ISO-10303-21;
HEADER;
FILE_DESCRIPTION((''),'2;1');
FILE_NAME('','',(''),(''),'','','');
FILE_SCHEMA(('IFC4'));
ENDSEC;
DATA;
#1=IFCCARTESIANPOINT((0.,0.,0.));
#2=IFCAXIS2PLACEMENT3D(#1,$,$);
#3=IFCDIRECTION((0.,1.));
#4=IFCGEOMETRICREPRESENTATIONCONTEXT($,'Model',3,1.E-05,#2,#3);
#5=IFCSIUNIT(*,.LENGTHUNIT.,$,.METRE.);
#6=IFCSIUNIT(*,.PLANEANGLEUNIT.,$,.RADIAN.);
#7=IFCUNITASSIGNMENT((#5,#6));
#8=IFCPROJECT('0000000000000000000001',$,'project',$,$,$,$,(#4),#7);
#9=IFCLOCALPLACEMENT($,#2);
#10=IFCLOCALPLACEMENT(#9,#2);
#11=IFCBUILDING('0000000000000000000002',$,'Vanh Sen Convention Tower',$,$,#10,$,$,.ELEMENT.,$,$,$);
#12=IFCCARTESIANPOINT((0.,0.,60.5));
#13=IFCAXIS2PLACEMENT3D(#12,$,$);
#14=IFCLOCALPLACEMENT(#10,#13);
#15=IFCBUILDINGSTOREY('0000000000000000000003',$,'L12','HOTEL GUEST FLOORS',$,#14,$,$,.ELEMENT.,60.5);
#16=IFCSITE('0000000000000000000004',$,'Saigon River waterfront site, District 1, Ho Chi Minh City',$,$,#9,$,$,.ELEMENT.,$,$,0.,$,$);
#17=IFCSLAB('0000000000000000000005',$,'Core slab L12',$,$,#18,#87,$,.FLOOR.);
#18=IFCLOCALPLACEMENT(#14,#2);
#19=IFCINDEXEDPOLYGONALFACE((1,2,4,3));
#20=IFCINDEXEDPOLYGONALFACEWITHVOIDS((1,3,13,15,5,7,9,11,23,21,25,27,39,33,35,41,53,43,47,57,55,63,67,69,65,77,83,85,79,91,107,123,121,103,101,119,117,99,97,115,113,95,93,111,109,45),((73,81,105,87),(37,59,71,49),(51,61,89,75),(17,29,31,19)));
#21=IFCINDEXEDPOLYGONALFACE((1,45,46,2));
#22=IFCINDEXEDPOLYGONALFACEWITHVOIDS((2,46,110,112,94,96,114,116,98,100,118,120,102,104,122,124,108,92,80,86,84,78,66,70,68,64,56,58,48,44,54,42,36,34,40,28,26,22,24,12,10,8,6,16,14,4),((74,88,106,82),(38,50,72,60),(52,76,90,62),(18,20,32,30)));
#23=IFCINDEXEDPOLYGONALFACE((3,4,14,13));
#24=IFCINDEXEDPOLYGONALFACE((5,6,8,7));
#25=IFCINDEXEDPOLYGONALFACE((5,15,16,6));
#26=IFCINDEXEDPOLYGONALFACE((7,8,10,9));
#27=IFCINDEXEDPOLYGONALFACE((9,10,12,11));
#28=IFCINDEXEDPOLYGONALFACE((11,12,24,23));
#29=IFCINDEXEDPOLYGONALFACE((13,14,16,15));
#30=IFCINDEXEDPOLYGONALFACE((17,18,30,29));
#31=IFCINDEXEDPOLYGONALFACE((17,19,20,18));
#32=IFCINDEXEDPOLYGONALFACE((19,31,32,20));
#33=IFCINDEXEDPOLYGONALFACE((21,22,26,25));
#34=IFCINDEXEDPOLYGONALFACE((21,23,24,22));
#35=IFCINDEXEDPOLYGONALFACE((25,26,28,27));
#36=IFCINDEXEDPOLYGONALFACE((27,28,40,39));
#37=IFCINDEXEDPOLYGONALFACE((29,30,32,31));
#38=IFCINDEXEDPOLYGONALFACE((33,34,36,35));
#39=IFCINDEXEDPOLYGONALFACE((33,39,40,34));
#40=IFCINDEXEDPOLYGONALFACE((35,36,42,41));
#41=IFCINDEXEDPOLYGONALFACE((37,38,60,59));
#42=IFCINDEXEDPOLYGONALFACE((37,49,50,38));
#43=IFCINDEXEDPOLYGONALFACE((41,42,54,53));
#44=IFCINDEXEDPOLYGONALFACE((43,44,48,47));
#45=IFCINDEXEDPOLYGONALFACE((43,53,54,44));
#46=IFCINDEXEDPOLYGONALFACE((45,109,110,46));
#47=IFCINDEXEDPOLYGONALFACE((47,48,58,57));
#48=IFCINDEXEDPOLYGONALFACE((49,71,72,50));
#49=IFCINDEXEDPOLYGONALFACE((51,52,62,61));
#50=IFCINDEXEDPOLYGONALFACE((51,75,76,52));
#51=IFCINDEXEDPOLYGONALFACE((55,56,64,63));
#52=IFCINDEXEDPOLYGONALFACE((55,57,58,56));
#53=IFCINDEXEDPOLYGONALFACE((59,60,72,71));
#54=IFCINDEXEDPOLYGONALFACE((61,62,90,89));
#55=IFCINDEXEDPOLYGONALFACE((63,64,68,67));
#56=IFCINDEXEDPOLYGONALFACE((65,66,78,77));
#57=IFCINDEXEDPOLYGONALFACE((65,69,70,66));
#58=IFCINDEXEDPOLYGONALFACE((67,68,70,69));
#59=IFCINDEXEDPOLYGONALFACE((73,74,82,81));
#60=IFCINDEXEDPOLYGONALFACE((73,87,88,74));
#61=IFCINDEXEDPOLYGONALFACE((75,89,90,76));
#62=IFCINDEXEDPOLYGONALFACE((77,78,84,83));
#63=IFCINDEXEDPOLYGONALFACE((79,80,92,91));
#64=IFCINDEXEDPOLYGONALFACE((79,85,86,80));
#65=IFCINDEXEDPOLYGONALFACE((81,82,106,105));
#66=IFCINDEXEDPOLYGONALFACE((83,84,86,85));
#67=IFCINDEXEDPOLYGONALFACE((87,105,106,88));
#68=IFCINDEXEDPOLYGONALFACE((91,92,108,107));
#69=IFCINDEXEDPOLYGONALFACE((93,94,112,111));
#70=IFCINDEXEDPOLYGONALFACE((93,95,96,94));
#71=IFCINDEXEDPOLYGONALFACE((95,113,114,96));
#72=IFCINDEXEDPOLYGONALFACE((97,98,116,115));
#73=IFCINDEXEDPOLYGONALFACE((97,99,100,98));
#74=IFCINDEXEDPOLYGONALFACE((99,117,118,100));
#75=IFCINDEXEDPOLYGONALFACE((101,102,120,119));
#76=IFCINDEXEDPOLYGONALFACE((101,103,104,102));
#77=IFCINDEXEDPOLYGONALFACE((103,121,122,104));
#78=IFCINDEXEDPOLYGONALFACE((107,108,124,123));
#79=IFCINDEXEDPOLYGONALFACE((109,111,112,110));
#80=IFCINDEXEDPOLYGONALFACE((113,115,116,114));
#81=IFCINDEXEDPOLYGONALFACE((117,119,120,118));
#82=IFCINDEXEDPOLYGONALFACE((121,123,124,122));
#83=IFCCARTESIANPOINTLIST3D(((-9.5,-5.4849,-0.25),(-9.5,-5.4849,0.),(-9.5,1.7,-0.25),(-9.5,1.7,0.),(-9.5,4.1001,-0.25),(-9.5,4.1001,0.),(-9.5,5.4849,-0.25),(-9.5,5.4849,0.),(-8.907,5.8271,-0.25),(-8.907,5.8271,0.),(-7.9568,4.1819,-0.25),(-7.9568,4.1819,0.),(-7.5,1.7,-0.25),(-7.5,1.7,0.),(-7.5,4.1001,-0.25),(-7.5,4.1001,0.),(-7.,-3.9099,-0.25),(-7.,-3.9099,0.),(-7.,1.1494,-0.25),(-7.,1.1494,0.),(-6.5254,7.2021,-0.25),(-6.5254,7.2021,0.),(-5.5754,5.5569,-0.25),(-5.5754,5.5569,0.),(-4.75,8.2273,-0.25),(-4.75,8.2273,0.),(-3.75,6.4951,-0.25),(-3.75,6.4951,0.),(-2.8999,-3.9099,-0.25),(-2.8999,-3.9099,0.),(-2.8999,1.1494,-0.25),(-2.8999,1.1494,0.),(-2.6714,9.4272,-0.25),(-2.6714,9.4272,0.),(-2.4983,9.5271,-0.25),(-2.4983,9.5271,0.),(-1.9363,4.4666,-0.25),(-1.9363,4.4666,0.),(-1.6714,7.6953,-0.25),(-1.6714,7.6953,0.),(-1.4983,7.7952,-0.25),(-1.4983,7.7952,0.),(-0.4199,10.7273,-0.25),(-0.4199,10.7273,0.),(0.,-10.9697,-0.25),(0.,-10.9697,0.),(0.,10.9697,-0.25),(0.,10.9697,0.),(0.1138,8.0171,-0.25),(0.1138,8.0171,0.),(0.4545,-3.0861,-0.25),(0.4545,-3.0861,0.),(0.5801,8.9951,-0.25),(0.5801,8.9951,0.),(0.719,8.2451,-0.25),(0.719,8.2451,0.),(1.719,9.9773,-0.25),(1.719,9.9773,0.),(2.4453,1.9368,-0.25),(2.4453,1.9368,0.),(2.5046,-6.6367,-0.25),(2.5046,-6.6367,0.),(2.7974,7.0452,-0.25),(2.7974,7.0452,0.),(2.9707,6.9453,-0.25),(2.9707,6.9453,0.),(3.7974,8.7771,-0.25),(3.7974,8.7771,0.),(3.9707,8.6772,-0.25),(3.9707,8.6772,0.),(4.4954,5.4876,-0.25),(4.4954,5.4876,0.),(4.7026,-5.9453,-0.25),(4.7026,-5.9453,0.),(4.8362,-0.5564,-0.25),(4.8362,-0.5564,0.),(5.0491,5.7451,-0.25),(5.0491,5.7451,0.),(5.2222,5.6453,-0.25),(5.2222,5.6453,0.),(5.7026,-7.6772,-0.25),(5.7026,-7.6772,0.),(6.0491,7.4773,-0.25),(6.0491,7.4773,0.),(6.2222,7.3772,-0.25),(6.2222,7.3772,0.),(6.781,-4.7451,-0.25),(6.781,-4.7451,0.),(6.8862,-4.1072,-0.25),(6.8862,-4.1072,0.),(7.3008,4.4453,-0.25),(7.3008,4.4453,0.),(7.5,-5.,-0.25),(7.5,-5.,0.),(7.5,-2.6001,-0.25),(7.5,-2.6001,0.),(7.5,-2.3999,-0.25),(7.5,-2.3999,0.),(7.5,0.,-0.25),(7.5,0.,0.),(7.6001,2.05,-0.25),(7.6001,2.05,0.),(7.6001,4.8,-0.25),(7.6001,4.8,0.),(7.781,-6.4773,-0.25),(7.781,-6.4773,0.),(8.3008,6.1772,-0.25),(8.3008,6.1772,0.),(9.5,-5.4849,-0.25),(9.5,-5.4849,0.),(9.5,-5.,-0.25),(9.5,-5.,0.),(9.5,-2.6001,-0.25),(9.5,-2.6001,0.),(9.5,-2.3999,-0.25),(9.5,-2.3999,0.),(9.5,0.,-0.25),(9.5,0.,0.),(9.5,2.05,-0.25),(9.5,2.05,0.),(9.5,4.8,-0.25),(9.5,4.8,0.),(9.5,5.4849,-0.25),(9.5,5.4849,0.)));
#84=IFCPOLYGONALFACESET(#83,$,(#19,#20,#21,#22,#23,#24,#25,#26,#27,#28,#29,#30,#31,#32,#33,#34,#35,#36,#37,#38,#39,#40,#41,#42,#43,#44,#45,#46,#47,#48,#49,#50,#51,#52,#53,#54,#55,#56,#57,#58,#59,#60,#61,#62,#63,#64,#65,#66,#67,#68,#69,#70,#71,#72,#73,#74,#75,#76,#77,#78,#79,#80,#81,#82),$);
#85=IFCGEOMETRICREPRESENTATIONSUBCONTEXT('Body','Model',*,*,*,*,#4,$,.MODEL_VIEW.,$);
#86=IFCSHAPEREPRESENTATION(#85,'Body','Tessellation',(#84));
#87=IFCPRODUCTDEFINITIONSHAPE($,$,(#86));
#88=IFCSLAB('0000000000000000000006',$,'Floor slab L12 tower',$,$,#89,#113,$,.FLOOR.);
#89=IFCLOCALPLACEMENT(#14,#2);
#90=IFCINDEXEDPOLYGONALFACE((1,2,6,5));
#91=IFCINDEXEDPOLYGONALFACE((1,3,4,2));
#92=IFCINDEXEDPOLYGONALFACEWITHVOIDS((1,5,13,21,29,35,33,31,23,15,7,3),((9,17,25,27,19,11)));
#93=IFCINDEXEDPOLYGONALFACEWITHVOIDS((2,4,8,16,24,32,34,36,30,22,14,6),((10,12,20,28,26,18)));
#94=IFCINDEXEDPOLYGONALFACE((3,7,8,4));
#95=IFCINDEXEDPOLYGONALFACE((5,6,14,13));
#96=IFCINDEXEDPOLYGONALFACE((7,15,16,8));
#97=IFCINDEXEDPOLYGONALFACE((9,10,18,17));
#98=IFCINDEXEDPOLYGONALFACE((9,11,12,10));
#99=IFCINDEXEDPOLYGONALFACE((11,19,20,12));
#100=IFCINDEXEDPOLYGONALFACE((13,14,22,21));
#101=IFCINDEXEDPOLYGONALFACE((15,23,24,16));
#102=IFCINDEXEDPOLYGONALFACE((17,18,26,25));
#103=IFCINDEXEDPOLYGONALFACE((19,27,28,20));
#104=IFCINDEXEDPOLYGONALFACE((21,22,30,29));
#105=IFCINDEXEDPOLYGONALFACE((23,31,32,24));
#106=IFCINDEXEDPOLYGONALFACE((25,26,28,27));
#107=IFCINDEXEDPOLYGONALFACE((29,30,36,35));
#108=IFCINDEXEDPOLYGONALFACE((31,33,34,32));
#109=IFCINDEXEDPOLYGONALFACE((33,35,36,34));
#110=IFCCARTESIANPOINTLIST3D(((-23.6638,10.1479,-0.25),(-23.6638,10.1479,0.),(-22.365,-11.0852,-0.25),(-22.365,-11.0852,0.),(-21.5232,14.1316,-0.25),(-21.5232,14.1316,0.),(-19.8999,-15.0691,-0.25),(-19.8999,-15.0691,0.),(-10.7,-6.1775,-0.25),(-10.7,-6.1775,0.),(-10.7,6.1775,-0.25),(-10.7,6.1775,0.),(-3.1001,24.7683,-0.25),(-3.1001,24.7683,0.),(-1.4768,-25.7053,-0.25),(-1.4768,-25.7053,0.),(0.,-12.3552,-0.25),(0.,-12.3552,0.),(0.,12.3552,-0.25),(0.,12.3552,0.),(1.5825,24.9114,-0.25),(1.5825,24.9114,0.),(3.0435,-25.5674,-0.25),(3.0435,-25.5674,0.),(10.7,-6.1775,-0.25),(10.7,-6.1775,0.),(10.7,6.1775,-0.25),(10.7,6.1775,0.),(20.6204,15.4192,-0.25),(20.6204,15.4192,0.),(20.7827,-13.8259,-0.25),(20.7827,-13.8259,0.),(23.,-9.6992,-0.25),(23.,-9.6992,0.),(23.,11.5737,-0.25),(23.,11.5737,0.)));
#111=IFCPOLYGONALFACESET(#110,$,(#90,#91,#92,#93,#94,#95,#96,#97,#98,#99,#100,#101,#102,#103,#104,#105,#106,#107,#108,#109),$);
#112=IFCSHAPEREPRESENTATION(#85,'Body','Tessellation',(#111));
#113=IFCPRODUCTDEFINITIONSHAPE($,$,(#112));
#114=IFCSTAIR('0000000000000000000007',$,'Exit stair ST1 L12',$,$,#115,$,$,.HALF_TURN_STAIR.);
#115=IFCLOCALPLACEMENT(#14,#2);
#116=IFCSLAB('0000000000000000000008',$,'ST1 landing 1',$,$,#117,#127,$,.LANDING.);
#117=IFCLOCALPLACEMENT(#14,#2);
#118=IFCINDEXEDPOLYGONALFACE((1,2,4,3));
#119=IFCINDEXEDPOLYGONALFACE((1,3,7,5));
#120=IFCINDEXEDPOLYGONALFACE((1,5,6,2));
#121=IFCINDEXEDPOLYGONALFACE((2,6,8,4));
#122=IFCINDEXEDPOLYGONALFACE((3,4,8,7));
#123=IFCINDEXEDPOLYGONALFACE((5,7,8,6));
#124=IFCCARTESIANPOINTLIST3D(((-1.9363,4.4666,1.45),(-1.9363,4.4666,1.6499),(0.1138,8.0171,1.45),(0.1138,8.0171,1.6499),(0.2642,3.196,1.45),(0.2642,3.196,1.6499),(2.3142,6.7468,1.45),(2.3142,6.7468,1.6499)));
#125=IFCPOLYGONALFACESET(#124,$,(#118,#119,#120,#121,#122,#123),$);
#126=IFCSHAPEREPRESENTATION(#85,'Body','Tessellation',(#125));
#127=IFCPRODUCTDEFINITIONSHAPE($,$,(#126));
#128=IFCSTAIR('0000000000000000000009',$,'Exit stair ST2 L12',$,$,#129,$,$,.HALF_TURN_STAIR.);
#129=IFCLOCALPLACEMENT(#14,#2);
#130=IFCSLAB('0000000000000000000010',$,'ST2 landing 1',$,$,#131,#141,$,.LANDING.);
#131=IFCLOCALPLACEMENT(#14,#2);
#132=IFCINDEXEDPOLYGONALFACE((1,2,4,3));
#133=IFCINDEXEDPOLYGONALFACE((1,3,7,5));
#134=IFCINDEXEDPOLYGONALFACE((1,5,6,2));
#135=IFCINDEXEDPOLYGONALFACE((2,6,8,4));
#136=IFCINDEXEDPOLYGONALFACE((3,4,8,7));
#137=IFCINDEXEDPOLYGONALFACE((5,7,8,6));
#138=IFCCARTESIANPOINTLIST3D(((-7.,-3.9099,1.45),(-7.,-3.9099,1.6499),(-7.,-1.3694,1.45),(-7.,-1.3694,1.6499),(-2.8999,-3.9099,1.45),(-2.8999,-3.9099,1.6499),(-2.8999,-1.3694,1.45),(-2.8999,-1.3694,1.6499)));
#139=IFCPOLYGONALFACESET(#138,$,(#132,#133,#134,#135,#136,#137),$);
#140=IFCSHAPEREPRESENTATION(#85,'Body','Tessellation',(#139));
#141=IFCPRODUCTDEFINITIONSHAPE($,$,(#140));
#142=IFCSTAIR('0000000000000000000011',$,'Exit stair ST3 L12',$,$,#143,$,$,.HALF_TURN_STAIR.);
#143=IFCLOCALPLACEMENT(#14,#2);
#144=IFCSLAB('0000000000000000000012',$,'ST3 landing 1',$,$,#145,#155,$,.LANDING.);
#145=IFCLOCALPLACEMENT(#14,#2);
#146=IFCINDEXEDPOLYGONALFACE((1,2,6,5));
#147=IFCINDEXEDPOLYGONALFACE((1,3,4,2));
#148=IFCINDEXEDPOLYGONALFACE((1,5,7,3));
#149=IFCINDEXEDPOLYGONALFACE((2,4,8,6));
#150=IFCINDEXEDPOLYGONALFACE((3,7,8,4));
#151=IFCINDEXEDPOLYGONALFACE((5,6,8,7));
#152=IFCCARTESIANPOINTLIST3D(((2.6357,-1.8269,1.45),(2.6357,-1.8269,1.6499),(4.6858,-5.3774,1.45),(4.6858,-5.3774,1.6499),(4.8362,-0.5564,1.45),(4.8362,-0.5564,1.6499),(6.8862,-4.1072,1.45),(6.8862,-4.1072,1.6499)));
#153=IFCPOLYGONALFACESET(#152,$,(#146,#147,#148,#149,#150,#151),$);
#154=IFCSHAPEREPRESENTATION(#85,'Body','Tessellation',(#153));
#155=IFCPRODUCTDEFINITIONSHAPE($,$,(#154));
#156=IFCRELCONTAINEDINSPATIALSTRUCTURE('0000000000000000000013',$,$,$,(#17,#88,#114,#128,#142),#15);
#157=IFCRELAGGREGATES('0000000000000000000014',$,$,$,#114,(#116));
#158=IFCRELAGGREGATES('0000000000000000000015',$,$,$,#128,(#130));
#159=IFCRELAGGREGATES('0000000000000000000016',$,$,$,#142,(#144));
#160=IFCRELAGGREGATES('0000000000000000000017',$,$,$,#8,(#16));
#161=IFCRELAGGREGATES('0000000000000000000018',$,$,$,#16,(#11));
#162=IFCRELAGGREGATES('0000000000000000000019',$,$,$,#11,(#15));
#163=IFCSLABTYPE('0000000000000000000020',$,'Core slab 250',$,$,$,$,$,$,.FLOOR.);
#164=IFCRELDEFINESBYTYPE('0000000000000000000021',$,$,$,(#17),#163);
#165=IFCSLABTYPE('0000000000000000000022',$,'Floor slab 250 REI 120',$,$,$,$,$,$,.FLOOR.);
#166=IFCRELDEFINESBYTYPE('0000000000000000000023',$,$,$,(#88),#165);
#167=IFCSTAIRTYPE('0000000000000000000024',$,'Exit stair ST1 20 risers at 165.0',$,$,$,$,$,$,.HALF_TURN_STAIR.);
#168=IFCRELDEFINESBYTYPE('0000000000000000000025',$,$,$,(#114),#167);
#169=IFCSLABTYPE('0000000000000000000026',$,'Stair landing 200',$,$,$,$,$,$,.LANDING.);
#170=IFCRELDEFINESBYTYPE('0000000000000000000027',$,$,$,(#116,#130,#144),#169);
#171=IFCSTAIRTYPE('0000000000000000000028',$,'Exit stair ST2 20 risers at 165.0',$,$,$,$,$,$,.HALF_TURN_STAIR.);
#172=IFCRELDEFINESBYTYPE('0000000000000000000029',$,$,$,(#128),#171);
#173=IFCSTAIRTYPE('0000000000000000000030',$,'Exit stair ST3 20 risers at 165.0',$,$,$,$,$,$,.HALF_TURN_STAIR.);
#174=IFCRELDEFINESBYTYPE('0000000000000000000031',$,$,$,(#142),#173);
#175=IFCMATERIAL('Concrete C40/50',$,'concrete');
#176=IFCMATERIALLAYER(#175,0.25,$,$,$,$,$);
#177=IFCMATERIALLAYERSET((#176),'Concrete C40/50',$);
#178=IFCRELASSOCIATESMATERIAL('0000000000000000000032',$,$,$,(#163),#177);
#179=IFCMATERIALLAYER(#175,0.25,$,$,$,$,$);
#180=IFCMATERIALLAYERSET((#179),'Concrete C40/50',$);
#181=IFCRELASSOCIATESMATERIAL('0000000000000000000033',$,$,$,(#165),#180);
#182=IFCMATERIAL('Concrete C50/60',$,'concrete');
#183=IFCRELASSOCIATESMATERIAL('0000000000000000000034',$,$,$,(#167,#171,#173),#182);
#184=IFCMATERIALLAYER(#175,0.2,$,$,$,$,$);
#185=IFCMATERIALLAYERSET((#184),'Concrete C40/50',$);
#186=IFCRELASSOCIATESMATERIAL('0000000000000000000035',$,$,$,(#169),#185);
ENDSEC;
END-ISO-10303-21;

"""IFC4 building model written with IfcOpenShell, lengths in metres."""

from ifc_helpers import new_model, si_unit, direction, frame, origin, place, context, subcontext, project, spatial, polyline, outline, extrude, material, layer, layer_set, type_object, element, aggregate, save


model = new_model("IFC4")

# Units and contexts
model_context = context("Model", 3, precision=1e-05, world=origin(), true_north=direction((0.0, 1.0)))
body_context = subcontext(model_context, "Body", "Model", "MODEL_VIEW")
ifc_project = project(units=[si_unit("LENGTHUNIT", "METRE"), si_unit("PLANEANGLEUNIT", "RADIAN")], contexts=[model_context])

# Site, building, storey
site_placement = place(None, origin())
site = spatial("IfcSite", under=ifc_project, at=site_placement, Name="Saigon River waterfront site, District 1, Ho Chi Minh City", CompositionType="ELEMENT", RefElevation=0.0)
building_placement = place(site_placement, origin())
building = spatial("IfcBuilding", under=site, at=building_placement, Name="Vanh Sen Convention Tower", CompositionType="ELEMENT")
storey_placement = place(building_placement, frame((0.0, 0.0, 60.5)))
storey = spatial("IfcBuildingStorey", under=building, at=storey_placement, Name="L12", Description="HOTEL GUEST FLOORS", CompositionType="ELEMENT", Elevation=60.5)

# Slabs
ifc_material_1 = material(Name="Concrete C40/50", Category="concrete")
ifc_layer_1 = layer(ifc_material_1, 0.25)
ifc_layer_set_1 = layer_set([ifc_layer_1], Name="Concrete C40/50")
slab_type_1 = type_object("IfcSlabType", Name="Core slab 250", PredefinedType="FLOOR", material=ifc_layer_set_1)
slab_1_placement = place(storey_placement, frame((0.0, 0.0, -0.25)))
element("IfcSlab", 1, at=slab_1_placement, inside=storey, type_object=slab_type_1, Name="Core slab L12", PredefinedType="FLOOR", context=body_context, shape_type="SweptSolid", body=[
    extrude(outline(polyline([(9.5, 5.4849), (9.5, 4.8), (7.6001, 4.8), (7.6001, 2.05), (9.5, 2.05), (9.5, 0.0), (7.5, 0.0), (7.5, -2.3999), (9.5, -2.3999), (9.5, -2.6001), (7.5, -2.6001), (7.5, -5.0), (9.5, -5.0), (9.5, -5.4849), (0.0, -10.9697), (-9.5, -5.4849), (-9.5, 1.7), (-7.5, 1.7), (-7.5, 4.1001), (-9.5, 4.1001), (-9.5, 5.4849), (-8.907, 5.8271), (-7.9568, 4.1819), (-5.5754, 5.5569), (-6.5254, 7.2021), (-4.75, 8.2273), (-3.75, 6.4951), (-1.6714, 7.6953), (-2.6714, 9.4272), (-2.4983, 9.5271), (-1.4983, 7.7952), (0.5801, 8.9951), (-0.4199, 10.7273), (0.0, 10.9697), (1.719, 9.9773), (0.719, 8.2451), (2.7974, 7.0452), (3.7974, 8.7771), (3.9707, 8.6772), (2.9707, 6.9453), (5.0491, 5.7451), (6.0491, 7.4773), (6.2222, 7.3772), (5.2222, 5.6453), (7.3008, 4.4453), (8.3008, 6.1772), (9.5, 5.4849)]), holes=[polyline([(-7.0, 3.1499), (-7.0, -3.9099), (-2.8999, -3.9099), (-2.8999, 3.1499), (-2.8999, 1.1494), (-7.0, 1.1494), (-7.0, 3.1499)]), polyline([(4.4954, 5.4875), (6.228, 4.4873), (0.1138, 8.0171), (-1.9363, 4.4666), (2.4453, 1.9368), (4.4954, 5.4875)]), polyline([(7.781, -6.4773), (6.781, -4.7451), (4.7026, -5.9453), (5.7026, -7.6772), (7.781, -6.4773)]), polyline([(0.4546, -3.0862), (2.5046, -6.6367), (6.8862, -4.1072), (4.8362, -0.5564), (-1.2781, -4.0864), (0.4546, -3.0862)])]), origin(), (0.0, 0.0, 1.0), 0.25),
])
ifc_layer_2 = layer(ifc_material_1, 0.25)
ifc_layer_set_2 = layer_set([ifc_layer_2], Name="Concrete C40/50")
slab_type_2 = type_object("IfcSlabType", Name="Floor slab 250 REI 120", PredefinedType="FLOOR", material=ifc_layer_set_2)
slab_2_placement = place(storey_placement, frame((0.0, 0.0, -0.25)))
element("IfcSlab", 2, at=slab_2_placement, inside=storey, type_object=slab_type_2, Name="Floor slab L12 tower", PredefinedType="FLOOR", context=body_context, shape_type="SweptSolid", body=[
    extrude(outline(polyline([(23.0, -9.6992), (23.0, 11.5737), (20.6204, 15.4192), (1.5825, 24.9114), (-3.1001, 24.7683), (-21.5232, 14.1316), (-23.6638, 10.1479), (-22.365, -11.0852), (-19.8999, -15.0691), (-1.4768, -25.7053), (3.0435, -25.5674), (20.7827, -13.8259), (23.0, -9.6992)]), holes=[polyline([(0.0, 12.3552), (-10.7, 6.1775), (-10.7, -6.1775), (0.0, -12.3552), (10.7, -6.1775), (10.7, 6.1775), (0.0, 12.3552)])]), origin(), (0.0, 0.0, 1.0), 0.25),
])

# Stairs, slabs
ifc_material_2 = material(Name="Concrete C50/60", Category="concrete")
stair_type_1 = type_object("IfcStairType", Name="Exit stair ST1 20 risers at 165.0", PredefinedType="HALF_TURN_STAIR", material=ifc_material_2)
stair_1_placement = place(storey_placement, origin())
stair_1 = element("IfcStair", 3, at=stair_1_placement, inside=storey, type_object=stair_type_1, Name="Exit stair ST1 L12", PredefinedType="HALF_TURN_STAIR")
ifc_layer_3 = layer(ifc_material_1, 0.2)
ifc_layer_set_3 = layer_set([ifc_layer_3], Name="Concrete C40/50")
slab_type_3 = type_object("IfcSlabType", Name="Stair landing 200", PredefinedType="LANDING", material=ifc_layer_set_3)
slab_3_placement = place(storey_placement, frame((0.0, 0.0, 1.45)))
slab_3 = element("IfcSlab", 4, at=slab_3_placement, type_object=slab_type_3, Name="ST1 landing 1", PredefinedType="LANDING", context=body_context, shape_type="SweptSolid", body=[
    extrude(outline(polyline([(2.3142, 6.7468), (0.1138, 8.0171), (-1.9363, 4.4666), (0.2642, 3.196), (2.3142, 6.7468)])), origin(), (0.0, 0.0, 1.0), 0.2),
])
aggregate(stair_1, [slab_3])
stair_type_2 = type_object("IfcStairType", Name="Exit stair ST2 20 risers at 165.0", PredefinedType="HALF_TURN_STAIR", material=ifc_material_2)
stair_2_placement = place(storey_placement, origin())
stair_2 = element("IfcStair", 5, at=stair_2_placement, inside=storey, type_object=stair_type_2, Name="Exit stair ST2 L12", PredefinedType="HALF_TURN_STAIR")
slab_4_placement = place(storey_placement, frame((0.0, 0.0, 1.45)))
slab_4 = element("IfcSlab", 6, at=slab_4_placement, type_object=slab_type_3, Name="ST2 landing 1", PredefinedType="LANDING", context=body_context, shape_type="SweptSolid", body=[
    extrude(outline(polyline([(-7.0, -1.3694), (-7.0, -3.9099), (-2.8999, -3.9099), (-2.8999, -1.3694), (-7.0, -1.3694)])), origin(), (0.0, 0.0, 1.0), 0.2),
])
aggregate(stair_2, [slab_4])
stair_type_3 = type_object("IfcStairType", Name="Exit stair ST3 20 risers at 165.0", PredefinedType="HALF_TURN_STAIR", material=ifc_material_2)
stair_3_placement = place(storey_placement, origin())
stair_3 = element("IfcStair", 7, at=stair_3_placement, inside=storey, type_object=stair_type_3, Name="Exit stair ST3 L12", PredefinedType="HALF_TURN_STAIR")
slab_5_placement = place(storey_placement, frame((0.0, 0.0, 1.45)))
slab_5 = element("IfcSlab", 8, at=slab_5_placement, type_object=slab_type_3, Name="ST3 landing 1", PredefinedType="LANDING", context=body_context, shape_type="SweptSolid", body=[
    extrude(outline(polyline([(4.6858, -5.3774), (6.8862, -4.1072), (4.8362, -0.5564), (2.6357, -1.8269), (4.6858, -5.3774)])), origin(), (0.0, 0.0, 1.0), 0.2),
])
aggregate(stair_3, [slab_5])

save(model, "model.ifc")
